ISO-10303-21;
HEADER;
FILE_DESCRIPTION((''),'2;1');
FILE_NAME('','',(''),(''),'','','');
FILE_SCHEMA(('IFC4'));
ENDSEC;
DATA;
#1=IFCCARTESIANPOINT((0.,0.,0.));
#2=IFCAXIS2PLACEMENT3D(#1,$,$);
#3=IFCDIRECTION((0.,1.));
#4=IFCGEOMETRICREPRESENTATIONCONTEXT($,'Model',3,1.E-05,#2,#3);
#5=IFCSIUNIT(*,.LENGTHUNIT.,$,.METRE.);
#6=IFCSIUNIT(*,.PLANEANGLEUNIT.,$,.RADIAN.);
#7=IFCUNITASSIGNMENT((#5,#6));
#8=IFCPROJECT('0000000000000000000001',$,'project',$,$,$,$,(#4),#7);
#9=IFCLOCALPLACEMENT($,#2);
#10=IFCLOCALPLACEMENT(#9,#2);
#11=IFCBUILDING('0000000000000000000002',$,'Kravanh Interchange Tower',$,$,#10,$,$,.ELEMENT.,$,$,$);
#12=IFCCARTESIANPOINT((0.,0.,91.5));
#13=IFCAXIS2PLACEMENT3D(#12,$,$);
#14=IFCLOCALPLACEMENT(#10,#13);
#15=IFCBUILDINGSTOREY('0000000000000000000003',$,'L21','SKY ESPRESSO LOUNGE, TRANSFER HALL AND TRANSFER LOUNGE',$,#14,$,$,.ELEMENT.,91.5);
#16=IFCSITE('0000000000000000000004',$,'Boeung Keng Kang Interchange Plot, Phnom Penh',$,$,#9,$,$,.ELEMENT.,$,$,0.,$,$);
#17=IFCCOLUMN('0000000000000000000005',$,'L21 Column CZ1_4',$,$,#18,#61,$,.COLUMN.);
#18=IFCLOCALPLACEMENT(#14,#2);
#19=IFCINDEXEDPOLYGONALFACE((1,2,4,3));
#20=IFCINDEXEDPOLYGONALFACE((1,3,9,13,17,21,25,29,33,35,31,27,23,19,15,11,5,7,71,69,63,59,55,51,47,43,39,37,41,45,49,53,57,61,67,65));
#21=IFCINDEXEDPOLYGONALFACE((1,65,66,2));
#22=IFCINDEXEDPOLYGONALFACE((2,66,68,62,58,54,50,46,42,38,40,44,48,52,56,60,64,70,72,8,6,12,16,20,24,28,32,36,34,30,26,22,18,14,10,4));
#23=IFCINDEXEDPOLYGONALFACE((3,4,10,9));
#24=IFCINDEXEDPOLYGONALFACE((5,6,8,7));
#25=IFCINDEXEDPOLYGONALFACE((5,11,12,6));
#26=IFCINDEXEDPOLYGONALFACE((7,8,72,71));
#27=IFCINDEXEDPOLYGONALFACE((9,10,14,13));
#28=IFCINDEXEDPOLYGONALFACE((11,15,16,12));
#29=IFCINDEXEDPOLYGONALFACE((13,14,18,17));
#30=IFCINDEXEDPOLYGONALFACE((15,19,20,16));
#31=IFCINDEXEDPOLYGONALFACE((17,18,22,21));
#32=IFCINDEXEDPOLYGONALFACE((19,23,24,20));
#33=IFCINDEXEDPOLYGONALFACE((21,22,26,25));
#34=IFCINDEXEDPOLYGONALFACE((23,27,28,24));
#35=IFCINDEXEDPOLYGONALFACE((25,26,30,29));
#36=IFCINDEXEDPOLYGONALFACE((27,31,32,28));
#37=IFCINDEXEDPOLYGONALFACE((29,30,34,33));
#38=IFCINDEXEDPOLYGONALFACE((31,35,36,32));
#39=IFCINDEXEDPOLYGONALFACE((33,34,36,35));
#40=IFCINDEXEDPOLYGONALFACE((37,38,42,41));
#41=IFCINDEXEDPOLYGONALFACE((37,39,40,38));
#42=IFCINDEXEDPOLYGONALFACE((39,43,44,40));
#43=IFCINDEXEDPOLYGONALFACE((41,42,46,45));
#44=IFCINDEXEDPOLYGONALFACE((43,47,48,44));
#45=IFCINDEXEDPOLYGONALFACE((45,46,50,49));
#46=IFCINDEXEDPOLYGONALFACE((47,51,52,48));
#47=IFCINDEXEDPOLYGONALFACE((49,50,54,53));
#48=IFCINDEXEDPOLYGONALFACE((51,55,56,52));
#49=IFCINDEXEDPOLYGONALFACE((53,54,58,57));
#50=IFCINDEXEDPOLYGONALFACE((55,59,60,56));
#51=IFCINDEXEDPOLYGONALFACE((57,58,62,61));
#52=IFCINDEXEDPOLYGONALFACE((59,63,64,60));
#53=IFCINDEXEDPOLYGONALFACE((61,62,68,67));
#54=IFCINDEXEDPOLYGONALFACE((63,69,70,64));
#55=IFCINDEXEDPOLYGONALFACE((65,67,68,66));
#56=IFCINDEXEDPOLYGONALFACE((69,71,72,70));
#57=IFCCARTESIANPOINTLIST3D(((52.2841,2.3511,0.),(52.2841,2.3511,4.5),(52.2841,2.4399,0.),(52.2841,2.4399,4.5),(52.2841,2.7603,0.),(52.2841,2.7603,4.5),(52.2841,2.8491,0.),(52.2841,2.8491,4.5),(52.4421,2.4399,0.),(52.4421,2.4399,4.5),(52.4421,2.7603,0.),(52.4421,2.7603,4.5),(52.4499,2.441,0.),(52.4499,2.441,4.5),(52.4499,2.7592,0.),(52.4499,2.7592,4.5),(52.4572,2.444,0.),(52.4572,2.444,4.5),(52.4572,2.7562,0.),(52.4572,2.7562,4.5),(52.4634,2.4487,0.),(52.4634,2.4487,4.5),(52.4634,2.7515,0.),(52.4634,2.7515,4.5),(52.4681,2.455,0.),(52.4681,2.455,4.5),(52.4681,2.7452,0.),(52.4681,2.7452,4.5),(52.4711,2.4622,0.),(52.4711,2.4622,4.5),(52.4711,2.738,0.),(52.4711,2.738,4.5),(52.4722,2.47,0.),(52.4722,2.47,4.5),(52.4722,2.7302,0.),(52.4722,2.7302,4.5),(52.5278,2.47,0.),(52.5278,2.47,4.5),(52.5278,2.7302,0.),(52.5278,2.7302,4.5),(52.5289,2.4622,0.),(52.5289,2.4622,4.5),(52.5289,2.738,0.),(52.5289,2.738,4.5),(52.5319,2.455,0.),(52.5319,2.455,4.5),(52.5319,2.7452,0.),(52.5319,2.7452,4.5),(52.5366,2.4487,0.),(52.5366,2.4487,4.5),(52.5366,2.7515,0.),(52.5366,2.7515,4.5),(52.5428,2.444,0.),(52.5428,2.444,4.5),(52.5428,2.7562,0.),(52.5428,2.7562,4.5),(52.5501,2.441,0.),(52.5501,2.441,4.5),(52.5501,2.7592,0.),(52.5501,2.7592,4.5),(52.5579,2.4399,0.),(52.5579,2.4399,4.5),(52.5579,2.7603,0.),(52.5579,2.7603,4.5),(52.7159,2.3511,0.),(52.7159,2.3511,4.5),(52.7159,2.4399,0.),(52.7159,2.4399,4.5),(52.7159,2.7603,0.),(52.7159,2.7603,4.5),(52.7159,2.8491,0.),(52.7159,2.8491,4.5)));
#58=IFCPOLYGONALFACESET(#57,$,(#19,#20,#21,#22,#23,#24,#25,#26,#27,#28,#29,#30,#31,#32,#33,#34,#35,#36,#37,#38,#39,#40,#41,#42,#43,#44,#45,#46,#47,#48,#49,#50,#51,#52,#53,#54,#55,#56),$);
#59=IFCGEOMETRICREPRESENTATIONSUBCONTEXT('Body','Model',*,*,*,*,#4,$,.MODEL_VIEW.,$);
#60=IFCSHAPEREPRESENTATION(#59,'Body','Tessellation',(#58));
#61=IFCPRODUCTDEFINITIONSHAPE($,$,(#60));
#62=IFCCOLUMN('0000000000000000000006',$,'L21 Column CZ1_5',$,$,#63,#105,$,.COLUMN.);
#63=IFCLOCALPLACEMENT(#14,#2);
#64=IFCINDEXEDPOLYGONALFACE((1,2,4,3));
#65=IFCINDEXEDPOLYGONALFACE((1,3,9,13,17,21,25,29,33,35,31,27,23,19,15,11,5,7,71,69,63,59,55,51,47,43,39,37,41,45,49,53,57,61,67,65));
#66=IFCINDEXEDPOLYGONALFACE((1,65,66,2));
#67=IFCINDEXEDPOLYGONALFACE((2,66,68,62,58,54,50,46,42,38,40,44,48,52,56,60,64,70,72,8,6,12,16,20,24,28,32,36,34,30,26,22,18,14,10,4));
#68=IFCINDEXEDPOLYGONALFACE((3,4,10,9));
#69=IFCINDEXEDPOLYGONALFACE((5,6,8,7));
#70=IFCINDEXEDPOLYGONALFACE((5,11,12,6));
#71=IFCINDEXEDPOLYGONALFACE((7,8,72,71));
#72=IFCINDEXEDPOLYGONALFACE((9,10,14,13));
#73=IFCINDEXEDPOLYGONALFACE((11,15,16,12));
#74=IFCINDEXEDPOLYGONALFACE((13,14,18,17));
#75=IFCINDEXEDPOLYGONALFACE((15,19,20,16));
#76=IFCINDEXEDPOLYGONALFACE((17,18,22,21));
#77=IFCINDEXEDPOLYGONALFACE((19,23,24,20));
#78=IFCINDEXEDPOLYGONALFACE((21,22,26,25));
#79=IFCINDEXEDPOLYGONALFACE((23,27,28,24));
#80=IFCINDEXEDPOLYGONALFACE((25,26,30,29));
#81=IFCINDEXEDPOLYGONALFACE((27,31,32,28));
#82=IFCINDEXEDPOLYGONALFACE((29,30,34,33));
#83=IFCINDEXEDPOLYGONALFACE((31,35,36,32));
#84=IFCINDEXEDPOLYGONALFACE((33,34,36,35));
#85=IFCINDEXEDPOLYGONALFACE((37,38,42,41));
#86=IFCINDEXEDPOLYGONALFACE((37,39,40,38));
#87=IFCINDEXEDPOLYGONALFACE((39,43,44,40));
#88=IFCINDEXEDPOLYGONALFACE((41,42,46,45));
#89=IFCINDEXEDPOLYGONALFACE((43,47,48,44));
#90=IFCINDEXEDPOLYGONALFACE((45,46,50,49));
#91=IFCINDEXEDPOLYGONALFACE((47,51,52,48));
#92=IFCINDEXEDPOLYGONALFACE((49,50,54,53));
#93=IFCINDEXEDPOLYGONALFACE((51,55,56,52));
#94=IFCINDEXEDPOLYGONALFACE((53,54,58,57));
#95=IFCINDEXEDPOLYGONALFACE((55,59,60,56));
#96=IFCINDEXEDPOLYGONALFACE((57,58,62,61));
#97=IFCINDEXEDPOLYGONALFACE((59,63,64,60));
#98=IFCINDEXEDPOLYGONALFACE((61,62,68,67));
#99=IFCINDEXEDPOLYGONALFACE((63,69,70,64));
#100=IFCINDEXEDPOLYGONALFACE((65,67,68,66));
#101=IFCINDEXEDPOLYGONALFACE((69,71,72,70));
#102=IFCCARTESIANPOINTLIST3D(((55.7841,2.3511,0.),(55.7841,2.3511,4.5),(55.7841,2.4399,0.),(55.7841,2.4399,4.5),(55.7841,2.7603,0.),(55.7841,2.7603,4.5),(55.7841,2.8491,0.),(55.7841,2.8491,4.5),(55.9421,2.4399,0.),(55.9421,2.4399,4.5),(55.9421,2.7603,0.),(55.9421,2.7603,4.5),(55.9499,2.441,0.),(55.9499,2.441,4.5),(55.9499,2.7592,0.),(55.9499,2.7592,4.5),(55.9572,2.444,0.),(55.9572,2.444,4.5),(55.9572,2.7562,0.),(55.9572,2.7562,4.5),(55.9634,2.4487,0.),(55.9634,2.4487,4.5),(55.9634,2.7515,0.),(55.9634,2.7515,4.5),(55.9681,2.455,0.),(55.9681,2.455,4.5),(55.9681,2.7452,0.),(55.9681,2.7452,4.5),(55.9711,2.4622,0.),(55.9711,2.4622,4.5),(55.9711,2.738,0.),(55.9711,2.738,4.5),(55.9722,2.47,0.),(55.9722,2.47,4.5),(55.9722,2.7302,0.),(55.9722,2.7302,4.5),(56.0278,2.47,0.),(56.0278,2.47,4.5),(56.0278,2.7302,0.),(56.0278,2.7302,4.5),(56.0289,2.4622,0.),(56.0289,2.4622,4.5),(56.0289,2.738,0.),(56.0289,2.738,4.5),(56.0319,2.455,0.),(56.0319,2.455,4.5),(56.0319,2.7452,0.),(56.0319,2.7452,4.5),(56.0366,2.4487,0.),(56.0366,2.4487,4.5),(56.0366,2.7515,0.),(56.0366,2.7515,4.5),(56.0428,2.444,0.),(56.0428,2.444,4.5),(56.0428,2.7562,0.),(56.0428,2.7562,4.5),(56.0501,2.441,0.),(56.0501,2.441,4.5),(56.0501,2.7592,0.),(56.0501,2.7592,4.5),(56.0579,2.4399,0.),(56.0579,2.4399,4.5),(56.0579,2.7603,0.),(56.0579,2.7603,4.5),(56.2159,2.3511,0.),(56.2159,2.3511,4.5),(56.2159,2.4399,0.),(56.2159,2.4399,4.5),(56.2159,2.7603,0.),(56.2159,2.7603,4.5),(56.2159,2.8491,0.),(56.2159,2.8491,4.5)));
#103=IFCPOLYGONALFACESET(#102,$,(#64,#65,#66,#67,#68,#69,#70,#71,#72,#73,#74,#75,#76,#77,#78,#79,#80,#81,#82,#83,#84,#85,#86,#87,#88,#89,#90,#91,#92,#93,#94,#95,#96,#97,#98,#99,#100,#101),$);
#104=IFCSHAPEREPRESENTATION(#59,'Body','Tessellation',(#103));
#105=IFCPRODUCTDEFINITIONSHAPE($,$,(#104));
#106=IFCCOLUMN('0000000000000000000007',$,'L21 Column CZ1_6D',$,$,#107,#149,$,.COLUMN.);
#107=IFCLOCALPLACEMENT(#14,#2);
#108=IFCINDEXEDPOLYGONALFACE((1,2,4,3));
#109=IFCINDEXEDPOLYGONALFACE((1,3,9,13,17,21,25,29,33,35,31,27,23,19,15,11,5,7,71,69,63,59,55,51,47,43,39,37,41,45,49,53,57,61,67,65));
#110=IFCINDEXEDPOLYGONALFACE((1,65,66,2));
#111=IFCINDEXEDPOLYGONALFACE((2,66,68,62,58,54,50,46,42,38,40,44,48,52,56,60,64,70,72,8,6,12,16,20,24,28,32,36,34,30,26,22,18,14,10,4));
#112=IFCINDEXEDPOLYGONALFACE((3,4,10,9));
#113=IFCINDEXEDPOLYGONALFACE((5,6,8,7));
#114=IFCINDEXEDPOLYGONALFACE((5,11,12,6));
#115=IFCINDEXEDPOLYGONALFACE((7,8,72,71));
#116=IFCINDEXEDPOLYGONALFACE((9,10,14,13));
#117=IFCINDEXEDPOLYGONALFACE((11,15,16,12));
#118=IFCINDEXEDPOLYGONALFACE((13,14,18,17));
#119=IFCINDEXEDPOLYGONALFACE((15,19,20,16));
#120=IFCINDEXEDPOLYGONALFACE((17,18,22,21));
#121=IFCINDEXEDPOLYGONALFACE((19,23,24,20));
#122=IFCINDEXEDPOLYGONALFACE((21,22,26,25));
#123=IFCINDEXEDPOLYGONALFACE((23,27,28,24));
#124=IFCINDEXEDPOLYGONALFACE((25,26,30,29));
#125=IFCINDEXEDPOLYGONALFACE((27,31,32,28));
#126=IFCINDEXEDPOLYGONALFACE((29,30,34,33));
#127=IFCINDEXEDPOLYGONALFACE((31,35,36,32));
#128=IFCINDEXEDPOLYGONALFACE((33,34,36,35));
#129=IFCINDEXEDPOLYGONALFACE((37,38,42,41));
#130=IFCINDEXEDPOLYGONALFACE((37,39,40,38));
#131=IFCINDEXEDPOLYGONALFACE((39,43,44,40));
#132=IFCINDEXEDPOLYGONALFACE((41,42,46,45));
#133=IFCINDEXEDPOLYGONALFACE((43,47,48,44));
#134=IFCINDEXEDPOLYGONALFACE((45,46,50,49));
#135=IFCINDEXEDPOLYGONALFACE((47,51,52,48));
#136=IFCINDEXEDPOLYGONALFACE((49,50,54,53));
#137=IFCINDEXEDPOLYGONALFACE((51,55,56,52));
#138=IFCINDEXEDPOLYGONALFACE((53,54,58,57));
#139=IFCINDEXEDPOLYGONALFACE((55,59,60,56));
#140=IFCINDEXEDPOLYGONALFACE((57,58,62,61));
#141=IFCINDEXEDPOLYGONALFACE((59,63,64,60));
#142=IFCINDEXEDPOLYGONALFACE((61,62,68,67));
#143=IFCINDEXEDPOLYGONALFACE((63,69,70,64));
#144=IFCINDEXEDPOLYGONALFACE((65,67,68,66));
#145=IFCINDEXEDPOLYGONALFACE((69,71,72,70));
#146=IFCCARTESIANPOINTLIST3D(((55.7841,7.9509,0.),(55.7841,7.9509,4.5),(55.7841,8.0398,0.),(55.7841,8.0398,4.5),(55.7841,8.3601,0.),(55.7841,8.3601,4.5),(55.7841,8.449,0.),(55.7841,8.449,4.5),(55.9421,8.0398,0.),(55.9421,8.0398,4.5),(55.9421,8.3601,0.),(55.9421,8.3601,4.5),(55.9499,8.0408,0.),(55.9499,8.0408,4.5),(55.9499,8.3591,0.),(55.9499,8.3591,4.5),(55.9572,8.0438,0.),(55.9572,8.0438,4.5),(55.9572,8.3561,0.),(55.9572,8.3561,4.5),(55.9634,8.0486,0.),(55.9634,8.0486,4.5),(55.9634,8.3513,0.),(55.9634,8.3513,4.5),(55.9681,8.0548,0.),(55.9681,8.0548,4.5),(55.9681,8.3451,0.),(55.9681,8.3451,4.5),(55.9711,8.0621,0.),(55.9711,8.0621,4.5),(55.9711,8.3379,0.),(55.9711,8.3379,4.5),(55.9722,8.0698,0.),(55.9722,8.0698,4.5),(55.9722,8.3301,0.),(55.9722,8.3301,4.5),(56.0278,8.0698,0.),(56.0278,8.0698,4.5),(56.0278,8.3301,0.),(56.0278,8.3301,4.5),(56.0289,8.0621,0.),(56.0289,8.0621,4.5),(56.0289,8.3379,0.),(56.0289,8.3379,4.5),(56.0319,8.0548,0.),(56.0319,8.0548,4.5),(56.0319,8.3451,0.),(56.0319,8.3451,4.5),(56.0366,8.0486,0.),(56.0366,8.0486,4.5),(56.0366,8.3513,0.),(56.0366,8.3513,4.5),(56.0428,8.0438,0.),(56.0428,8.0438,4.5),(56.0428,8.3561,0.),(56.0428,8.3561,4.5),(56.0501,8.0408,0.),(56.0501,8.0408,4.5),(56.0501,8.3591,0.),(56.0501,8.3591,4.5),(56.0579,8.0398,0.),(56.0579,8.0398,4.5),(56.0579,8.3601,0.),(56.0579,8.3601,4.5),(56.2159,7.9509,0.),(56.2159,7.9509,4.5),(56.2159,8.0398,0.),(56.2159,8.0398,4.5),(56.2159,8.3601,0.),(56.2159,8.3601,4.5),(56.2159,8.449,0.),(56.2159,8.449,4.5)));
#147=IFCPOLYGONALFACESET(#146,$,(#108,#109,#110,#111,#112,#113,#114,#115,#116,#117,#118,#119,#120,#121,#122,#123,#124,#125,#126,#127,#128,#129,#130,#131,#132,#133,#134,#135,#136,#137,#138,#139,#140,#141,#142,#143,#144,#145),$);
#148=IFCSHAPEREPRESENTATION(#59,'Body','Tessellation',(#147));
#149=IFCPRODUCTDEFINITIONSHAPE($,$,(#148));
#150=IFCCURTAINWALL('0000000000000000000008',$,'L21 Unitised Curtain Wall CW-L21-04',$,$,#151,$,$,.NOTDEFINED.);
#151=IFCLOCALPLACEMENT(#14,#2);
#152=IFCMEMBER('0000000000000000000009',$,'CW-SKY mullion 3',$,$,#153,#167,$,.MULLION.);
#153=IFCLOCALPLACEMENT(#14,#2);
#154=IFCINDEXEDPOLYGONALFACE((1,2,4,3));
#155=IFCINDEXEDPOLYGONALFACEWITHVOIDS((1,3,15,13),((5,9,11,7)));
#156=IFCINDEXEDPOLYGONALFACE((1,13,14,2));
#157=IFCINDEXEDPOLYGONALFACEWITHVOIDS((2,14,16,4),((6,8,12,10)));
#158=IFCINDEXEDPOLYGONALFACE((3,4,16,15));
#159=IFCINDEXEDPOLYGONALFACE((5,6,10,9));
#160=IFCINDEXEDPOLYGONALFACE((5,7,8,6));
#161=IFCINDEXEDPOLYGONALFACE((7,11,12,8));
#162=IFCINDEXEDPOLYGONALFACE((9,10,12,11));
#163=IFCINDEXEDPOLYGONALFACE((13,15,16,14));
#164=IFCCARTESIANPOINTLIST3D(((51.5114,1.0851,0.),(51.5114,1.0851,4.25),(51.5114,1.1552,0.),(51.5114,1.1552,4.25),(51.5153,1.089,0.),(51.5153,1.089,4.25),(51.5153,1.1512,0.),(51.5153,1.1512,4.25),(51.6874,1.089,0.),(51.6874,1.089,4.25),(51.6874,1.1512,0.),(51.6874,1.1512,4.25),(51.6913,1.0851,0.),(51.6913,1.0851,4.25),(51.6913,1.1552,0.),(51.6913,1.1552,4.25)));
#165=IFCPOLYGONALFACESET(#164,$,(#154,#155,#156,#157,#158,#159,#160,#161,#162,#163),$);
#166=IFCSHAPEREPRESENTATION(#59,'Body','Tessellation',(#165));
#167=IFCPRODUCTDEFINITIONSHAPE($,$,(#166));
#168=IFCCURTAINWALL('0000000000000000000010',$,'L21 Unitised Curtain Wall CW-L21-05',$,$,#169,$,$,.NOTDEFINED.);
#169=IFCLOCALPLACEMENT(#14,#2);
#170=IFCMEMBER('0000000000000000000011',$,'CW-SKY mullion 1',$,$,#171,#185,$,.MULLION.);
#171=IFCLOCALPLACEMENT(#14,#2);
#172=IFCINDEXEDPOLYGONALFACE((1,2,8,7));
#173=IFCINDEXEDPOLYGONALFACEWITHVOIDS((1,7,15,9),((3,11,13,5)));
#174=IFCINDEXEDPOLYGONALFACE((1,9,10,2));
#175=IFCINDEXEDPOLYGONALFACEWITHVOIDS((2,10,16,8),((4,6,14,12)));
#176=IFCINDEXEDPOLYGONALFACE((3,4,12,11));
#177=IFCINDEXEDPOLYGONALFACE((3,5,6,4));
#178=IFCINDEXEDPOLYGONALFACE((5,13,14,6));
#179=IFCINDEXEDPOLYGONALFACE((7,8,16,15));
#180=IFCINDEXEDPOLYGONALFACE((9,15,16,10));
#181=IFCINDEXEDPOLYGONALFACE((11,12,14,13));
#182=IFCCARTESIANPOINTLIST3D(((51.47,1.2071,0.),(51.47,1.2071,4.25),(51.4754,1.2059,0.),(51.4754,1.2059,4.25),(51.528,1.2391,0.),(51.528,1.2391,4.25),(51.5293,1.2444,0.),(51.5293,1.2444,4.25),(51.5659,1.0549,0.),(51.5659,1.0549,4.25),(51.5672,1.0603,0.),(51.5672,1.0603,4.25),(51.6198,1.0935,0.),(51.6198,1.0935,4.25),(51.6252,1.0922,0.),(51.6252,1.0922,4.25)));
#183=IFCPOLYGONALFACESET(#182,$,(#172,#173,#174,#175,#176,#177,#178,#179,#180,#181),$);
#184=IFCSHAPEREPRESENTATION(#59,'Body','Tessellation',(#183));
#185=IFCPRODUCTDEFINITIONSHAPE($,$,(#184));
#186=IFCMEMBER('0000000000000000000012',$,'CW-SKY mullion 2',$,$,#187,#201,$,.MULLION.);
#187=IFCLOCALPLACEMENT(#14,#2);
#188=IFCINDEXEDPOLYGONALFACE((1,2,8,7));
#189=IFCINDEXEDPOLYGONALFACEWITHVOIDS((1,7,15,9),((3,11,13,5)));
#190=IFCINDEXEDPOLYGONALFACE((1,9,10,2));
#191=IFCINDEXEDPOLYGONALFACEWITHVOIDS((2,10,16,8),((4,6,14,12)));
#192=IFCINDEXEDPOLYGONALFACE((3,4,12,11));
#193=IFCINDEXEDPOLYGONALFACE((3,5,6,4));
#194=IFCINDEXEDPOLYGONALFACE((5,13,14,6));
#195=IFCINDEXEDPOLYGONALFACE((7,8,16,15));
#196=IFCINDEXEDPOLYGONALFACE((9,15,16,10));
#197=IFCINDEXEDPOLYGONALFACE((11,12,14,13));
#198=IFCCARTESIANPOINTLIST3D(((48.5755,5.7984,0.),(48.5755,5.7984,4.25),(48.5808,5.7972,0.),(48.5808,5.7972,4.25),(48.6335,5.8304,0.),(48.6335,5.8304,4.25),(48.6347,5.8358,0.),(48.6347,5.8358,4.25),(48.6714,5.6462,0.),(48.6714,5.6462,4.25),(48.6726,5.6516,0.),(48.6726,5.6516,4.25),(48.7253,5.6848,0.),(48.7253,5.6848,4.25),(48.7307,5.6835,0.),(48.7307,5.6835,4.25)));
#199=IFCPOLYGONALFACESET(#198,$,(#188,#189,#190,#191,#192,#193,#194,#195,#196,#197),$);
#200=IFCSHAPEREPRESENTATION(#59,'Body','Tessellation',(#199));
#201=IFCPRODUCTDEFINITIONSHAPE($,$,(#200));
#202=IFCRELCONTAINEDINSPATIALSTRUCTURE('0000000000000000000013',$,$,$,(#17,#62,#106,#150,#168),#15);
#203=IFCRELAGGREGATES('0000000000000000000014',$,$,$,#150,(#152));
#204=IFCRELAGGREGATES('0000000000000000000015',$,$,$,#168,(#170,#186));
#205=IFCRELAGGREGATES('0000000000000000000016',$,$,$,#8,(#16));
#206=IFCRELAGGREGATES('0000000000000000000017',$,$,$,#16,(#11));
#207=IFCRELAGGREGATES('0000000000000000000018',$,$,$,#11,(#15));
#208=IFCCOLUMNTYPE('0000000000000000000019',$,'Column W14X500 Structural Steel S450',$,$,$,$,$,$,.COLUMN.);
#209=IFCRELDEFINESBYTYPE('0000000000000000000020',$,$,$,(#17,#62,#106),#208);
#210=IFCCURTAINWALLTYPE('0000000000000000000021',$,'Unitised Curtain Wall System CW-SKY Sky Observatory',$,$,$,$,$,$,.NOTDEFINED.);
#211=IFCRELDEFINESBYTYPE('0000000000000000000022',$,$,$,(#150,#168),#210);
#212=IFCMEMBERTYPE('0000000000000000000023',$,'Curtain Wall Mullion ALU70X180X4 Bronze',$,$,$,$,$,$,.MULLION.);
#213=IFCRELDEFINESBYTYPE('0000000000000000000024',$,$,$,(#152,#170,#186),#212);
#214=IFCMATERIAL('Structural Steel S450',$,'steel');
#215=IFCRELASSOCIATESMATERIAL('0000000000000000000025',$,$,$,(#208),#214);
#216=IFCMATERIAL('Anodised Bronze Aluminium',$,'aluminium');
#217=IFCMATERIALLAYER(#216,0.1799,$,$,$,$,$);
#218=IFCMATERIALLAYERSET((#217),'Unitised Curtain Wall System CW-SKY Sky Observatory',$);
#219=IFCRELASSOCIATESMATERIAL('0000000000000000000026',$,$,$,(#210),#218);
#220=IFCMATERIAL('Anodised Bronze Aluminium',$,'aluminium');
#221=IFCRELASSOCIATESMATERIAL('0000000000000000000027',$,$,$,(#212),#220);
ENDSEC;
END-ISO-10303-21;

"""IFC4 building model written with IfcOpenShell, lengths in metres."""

from ifc_helpers import new_model, si_unit, direction, frame, origin, origin_2d, place, context, subcontext, project, spatial, hollow_rectangle, i_section, extrude, material, layer, layer_set, material_profile, profile_set, type_object, element, aggregate, save


model = new_model("IFC4")

# Units and contexts
model_context = context("Model", 3, precision=1e-05, world=origin(), true_north=direction((0.0, 1.0)))
body_context = subcontext(model_context, "Body", "Model", "MODEL_VIEW")
ifc_project = project(units=[si_unit("LENGTHUNIT", "METRE"), si_unit("PLANEANGLEUNIT", "RADIAN")], contexts=[model_context])

# Site, building, storey
site_placement = place(None, origin())
site = spatial("IfcSite", under=ifc_project, at=site_placement, Name="Boeung Keng Kang Interchange Plot, Phnom Penh", CompositionType="ELEMENT", RefElevation=0.0)
building_placement = place(site_placement, origin())
building = spatial("IfcBuilding", under=site, at=building_placement, Name="Kravanh Interchange Tower", CompositionType="ELEMENT")
storey_placement = place(building_placement, frame((0.0, 0.0, 91.5)))
storey = spatial("IfcBuildingStorey", under=building, at=storey_placement, Name="L21", Description="SKY ESPRESSO LOUNGE, TRANSFER HALL AND TRANSFER LOUNGE", CompositionType="ELEMENT", Elevation=91.5)

# Columns
ifc_material_1 = material(Name="Structural Steel S450", Category="steel")
ifc_material_profile_1 = material_profile(ifc_material_1, i_section(OverallWidth=0.4319, OverallDepth=0.498, WebThickness=0.0557, FlangeThickness=0.0889, FilletRadius=0.03, at=origin_2d()), Name="W14X500")
ifc_profile_set_1 = profile_set([ifc_material_profile_1], Name="Structural Steel S450")
column_type = type_object("IfcColumnType", Name="Column W14X500 Structural Steel S450", PredefinedType="COLUMN", material=ifc_profile_set_1)
for number, where, z_axis, x_axis, name in (
    (1, (52.5, 2.6001, 0.0), (0.0, 0.0, 1.0), (1.0, 0.0, 0.0), "L21 Column CZ1_4"),
    (2, (56.0, 2.6001, 0.0), (0.0, 0.0, 1.0), (1.0, 0.0, 0.0), "L21 Column CZ1_5"),
    (3, (56.0, 8.2, 0.0), (0.0, 0.0, 1.0), (1.0, 0.0, 0.0), "L21 Column CZ1_6D"),
):
    element("IfcColumn", number, at=place(storey_placement, frame(where, z_axis=z_axis, x_axis=x_axis)), inside=storey, type_object=column_type, Name=name, PredefinedType="COLUMN", context=body_context, shape_type="SweptSolid", body=[
        extrude(i_section(OverallWidth=0.4319, OverallDepth=0.498, WebThickness=0.0557, FlangeThickness=0.0889, FilletRadius=0.03, at=origin_2d()), origin(), (0.0, 0.0, 1.0), 4.5),
    ])

# Curtain wall, member
ifc_material_2 = material(Name="Anodised Bronze Aluminium", Category="aluminium")
ifc_layer_1 = layer(ifc_material_2, 0.1799)
ifc_layer_set_1 = layer_set([ifc_layer_1], Name="Unitised Curtain Wall System CW-SKY Sky Observatory")
curtain_wall_type = type_object("IfcCurtainWallType", Name="Unitised Curtain Wall System CW-SKY Sky Observatory", PredefinedType="NOTDEFINED", material=ifc_layer_set_1)
curtain_wall_1_placement = place(storey_placement, origin())
curtain_wall_1 = element("IfcCurtainWall", 4, at=curtain_wall_1_placement, inside=storey, type_object=curtain_wall_type, Name="L21 Unitised Curtain Wall CW-L21-04", PredefinedType="NOTDEFINED")
ifc_material_3 = material(Name="Anodised Bronze Aluminium", Category="aluminium")
ifc_material_profile_2 = material_profile(ifc_material_3, hollow_rectangle(XDim=0.0701, YDim=0.1799, WallThickness=0.0039, at=origin_2d()), Name="ALU70X180X4")
ifc_profile_set_2 = profile_set([ifc_material_profile_2], Name="Anodised Bronze Aluminium")
member_type_1 = type_object("IfcMemberType", Name="Curtain Wall Mullion ALU70X180X4 Bronze", PredefinedType="MULLION", material=ifc_profile_set_2)
member_1_placement = place(storey_placement, frame((51.6013, 1.1201, 0.0), z_axis=(0.0, 0.0, 1.0), x_axis=(0.0, -1.0, 0.0)))
member_1 = element("IfcMember", 5, at=member_1_placement, type_object=member_type_1, Name="CW-SKY mullion 3", PredefinedType="MULLION", context=body_context, shape_type="SweptSolid", body=[
    extrude(hollow_rectangle(XDim=0.0701, YDim=0.1799, WallThickness=0.0039, at=origin_2d()), origin(), (0.0, 0.0, 1.0), 4.25),
])

# Curtain wall, members
curtain_wall_2_placement = place(storey_placement, origin())
curtain_wall_2 = element("IfcCurtainWall", 6, at=curtain_wall_2_placement, inside=storey, type_object=curtain_wall_type, Name="L21 Unitised Curtain Wall CW-L21-05", PredefinedType="NOTDEFINED")
member_2_placement = place(storey_placement, frame((51.5476, 1.1497, 0.0), z_axis=(0.0, 0.0, 1.0), x_axis=(-0.845926, -0.533301, 0.0)))
member_2 = element("IfcMember", 7, at=member_2_placement, type_object=member_type_1, Name="CW-SKY mullion 1", PredefinedType="MULLION", context=body_context, shape_type="SweptSolid", body=[
    extrude(hollow_rectangle(XDim=0.0701, YDim=0.1799, WallThickness=0.0039, at=origin_2d()), origin(), (0.0, 0.0, 1.0), 4.25),
])
member_3_placement = place(storey_placement, frame((48.6531, 5.741, 0.0), z_axis=(0.0, 0.0, 1.0), x_axis=(-0.845926, -0.533301, 0.0)))
member_3 = element("IfcMember", 8, at=member_3_placement, type_object=member_type_1, Name="CW-SKY mullion 2", PredefinedType="MULLION", context=body_context, shape_type="SweptSolid", body=[
    extrude(hollow_rectangle(XDim=0.0701, YDim=0.1799, WallThickness=0.0039, at=origin_2d()), origin(), (0.0, 0.0, 1.0), 4.25),
])

aggregate(curtain_wall_1, [member_1])
aggregate(curtain_wall_2, [member_2, member_3])

save(model, "model.ifc")
